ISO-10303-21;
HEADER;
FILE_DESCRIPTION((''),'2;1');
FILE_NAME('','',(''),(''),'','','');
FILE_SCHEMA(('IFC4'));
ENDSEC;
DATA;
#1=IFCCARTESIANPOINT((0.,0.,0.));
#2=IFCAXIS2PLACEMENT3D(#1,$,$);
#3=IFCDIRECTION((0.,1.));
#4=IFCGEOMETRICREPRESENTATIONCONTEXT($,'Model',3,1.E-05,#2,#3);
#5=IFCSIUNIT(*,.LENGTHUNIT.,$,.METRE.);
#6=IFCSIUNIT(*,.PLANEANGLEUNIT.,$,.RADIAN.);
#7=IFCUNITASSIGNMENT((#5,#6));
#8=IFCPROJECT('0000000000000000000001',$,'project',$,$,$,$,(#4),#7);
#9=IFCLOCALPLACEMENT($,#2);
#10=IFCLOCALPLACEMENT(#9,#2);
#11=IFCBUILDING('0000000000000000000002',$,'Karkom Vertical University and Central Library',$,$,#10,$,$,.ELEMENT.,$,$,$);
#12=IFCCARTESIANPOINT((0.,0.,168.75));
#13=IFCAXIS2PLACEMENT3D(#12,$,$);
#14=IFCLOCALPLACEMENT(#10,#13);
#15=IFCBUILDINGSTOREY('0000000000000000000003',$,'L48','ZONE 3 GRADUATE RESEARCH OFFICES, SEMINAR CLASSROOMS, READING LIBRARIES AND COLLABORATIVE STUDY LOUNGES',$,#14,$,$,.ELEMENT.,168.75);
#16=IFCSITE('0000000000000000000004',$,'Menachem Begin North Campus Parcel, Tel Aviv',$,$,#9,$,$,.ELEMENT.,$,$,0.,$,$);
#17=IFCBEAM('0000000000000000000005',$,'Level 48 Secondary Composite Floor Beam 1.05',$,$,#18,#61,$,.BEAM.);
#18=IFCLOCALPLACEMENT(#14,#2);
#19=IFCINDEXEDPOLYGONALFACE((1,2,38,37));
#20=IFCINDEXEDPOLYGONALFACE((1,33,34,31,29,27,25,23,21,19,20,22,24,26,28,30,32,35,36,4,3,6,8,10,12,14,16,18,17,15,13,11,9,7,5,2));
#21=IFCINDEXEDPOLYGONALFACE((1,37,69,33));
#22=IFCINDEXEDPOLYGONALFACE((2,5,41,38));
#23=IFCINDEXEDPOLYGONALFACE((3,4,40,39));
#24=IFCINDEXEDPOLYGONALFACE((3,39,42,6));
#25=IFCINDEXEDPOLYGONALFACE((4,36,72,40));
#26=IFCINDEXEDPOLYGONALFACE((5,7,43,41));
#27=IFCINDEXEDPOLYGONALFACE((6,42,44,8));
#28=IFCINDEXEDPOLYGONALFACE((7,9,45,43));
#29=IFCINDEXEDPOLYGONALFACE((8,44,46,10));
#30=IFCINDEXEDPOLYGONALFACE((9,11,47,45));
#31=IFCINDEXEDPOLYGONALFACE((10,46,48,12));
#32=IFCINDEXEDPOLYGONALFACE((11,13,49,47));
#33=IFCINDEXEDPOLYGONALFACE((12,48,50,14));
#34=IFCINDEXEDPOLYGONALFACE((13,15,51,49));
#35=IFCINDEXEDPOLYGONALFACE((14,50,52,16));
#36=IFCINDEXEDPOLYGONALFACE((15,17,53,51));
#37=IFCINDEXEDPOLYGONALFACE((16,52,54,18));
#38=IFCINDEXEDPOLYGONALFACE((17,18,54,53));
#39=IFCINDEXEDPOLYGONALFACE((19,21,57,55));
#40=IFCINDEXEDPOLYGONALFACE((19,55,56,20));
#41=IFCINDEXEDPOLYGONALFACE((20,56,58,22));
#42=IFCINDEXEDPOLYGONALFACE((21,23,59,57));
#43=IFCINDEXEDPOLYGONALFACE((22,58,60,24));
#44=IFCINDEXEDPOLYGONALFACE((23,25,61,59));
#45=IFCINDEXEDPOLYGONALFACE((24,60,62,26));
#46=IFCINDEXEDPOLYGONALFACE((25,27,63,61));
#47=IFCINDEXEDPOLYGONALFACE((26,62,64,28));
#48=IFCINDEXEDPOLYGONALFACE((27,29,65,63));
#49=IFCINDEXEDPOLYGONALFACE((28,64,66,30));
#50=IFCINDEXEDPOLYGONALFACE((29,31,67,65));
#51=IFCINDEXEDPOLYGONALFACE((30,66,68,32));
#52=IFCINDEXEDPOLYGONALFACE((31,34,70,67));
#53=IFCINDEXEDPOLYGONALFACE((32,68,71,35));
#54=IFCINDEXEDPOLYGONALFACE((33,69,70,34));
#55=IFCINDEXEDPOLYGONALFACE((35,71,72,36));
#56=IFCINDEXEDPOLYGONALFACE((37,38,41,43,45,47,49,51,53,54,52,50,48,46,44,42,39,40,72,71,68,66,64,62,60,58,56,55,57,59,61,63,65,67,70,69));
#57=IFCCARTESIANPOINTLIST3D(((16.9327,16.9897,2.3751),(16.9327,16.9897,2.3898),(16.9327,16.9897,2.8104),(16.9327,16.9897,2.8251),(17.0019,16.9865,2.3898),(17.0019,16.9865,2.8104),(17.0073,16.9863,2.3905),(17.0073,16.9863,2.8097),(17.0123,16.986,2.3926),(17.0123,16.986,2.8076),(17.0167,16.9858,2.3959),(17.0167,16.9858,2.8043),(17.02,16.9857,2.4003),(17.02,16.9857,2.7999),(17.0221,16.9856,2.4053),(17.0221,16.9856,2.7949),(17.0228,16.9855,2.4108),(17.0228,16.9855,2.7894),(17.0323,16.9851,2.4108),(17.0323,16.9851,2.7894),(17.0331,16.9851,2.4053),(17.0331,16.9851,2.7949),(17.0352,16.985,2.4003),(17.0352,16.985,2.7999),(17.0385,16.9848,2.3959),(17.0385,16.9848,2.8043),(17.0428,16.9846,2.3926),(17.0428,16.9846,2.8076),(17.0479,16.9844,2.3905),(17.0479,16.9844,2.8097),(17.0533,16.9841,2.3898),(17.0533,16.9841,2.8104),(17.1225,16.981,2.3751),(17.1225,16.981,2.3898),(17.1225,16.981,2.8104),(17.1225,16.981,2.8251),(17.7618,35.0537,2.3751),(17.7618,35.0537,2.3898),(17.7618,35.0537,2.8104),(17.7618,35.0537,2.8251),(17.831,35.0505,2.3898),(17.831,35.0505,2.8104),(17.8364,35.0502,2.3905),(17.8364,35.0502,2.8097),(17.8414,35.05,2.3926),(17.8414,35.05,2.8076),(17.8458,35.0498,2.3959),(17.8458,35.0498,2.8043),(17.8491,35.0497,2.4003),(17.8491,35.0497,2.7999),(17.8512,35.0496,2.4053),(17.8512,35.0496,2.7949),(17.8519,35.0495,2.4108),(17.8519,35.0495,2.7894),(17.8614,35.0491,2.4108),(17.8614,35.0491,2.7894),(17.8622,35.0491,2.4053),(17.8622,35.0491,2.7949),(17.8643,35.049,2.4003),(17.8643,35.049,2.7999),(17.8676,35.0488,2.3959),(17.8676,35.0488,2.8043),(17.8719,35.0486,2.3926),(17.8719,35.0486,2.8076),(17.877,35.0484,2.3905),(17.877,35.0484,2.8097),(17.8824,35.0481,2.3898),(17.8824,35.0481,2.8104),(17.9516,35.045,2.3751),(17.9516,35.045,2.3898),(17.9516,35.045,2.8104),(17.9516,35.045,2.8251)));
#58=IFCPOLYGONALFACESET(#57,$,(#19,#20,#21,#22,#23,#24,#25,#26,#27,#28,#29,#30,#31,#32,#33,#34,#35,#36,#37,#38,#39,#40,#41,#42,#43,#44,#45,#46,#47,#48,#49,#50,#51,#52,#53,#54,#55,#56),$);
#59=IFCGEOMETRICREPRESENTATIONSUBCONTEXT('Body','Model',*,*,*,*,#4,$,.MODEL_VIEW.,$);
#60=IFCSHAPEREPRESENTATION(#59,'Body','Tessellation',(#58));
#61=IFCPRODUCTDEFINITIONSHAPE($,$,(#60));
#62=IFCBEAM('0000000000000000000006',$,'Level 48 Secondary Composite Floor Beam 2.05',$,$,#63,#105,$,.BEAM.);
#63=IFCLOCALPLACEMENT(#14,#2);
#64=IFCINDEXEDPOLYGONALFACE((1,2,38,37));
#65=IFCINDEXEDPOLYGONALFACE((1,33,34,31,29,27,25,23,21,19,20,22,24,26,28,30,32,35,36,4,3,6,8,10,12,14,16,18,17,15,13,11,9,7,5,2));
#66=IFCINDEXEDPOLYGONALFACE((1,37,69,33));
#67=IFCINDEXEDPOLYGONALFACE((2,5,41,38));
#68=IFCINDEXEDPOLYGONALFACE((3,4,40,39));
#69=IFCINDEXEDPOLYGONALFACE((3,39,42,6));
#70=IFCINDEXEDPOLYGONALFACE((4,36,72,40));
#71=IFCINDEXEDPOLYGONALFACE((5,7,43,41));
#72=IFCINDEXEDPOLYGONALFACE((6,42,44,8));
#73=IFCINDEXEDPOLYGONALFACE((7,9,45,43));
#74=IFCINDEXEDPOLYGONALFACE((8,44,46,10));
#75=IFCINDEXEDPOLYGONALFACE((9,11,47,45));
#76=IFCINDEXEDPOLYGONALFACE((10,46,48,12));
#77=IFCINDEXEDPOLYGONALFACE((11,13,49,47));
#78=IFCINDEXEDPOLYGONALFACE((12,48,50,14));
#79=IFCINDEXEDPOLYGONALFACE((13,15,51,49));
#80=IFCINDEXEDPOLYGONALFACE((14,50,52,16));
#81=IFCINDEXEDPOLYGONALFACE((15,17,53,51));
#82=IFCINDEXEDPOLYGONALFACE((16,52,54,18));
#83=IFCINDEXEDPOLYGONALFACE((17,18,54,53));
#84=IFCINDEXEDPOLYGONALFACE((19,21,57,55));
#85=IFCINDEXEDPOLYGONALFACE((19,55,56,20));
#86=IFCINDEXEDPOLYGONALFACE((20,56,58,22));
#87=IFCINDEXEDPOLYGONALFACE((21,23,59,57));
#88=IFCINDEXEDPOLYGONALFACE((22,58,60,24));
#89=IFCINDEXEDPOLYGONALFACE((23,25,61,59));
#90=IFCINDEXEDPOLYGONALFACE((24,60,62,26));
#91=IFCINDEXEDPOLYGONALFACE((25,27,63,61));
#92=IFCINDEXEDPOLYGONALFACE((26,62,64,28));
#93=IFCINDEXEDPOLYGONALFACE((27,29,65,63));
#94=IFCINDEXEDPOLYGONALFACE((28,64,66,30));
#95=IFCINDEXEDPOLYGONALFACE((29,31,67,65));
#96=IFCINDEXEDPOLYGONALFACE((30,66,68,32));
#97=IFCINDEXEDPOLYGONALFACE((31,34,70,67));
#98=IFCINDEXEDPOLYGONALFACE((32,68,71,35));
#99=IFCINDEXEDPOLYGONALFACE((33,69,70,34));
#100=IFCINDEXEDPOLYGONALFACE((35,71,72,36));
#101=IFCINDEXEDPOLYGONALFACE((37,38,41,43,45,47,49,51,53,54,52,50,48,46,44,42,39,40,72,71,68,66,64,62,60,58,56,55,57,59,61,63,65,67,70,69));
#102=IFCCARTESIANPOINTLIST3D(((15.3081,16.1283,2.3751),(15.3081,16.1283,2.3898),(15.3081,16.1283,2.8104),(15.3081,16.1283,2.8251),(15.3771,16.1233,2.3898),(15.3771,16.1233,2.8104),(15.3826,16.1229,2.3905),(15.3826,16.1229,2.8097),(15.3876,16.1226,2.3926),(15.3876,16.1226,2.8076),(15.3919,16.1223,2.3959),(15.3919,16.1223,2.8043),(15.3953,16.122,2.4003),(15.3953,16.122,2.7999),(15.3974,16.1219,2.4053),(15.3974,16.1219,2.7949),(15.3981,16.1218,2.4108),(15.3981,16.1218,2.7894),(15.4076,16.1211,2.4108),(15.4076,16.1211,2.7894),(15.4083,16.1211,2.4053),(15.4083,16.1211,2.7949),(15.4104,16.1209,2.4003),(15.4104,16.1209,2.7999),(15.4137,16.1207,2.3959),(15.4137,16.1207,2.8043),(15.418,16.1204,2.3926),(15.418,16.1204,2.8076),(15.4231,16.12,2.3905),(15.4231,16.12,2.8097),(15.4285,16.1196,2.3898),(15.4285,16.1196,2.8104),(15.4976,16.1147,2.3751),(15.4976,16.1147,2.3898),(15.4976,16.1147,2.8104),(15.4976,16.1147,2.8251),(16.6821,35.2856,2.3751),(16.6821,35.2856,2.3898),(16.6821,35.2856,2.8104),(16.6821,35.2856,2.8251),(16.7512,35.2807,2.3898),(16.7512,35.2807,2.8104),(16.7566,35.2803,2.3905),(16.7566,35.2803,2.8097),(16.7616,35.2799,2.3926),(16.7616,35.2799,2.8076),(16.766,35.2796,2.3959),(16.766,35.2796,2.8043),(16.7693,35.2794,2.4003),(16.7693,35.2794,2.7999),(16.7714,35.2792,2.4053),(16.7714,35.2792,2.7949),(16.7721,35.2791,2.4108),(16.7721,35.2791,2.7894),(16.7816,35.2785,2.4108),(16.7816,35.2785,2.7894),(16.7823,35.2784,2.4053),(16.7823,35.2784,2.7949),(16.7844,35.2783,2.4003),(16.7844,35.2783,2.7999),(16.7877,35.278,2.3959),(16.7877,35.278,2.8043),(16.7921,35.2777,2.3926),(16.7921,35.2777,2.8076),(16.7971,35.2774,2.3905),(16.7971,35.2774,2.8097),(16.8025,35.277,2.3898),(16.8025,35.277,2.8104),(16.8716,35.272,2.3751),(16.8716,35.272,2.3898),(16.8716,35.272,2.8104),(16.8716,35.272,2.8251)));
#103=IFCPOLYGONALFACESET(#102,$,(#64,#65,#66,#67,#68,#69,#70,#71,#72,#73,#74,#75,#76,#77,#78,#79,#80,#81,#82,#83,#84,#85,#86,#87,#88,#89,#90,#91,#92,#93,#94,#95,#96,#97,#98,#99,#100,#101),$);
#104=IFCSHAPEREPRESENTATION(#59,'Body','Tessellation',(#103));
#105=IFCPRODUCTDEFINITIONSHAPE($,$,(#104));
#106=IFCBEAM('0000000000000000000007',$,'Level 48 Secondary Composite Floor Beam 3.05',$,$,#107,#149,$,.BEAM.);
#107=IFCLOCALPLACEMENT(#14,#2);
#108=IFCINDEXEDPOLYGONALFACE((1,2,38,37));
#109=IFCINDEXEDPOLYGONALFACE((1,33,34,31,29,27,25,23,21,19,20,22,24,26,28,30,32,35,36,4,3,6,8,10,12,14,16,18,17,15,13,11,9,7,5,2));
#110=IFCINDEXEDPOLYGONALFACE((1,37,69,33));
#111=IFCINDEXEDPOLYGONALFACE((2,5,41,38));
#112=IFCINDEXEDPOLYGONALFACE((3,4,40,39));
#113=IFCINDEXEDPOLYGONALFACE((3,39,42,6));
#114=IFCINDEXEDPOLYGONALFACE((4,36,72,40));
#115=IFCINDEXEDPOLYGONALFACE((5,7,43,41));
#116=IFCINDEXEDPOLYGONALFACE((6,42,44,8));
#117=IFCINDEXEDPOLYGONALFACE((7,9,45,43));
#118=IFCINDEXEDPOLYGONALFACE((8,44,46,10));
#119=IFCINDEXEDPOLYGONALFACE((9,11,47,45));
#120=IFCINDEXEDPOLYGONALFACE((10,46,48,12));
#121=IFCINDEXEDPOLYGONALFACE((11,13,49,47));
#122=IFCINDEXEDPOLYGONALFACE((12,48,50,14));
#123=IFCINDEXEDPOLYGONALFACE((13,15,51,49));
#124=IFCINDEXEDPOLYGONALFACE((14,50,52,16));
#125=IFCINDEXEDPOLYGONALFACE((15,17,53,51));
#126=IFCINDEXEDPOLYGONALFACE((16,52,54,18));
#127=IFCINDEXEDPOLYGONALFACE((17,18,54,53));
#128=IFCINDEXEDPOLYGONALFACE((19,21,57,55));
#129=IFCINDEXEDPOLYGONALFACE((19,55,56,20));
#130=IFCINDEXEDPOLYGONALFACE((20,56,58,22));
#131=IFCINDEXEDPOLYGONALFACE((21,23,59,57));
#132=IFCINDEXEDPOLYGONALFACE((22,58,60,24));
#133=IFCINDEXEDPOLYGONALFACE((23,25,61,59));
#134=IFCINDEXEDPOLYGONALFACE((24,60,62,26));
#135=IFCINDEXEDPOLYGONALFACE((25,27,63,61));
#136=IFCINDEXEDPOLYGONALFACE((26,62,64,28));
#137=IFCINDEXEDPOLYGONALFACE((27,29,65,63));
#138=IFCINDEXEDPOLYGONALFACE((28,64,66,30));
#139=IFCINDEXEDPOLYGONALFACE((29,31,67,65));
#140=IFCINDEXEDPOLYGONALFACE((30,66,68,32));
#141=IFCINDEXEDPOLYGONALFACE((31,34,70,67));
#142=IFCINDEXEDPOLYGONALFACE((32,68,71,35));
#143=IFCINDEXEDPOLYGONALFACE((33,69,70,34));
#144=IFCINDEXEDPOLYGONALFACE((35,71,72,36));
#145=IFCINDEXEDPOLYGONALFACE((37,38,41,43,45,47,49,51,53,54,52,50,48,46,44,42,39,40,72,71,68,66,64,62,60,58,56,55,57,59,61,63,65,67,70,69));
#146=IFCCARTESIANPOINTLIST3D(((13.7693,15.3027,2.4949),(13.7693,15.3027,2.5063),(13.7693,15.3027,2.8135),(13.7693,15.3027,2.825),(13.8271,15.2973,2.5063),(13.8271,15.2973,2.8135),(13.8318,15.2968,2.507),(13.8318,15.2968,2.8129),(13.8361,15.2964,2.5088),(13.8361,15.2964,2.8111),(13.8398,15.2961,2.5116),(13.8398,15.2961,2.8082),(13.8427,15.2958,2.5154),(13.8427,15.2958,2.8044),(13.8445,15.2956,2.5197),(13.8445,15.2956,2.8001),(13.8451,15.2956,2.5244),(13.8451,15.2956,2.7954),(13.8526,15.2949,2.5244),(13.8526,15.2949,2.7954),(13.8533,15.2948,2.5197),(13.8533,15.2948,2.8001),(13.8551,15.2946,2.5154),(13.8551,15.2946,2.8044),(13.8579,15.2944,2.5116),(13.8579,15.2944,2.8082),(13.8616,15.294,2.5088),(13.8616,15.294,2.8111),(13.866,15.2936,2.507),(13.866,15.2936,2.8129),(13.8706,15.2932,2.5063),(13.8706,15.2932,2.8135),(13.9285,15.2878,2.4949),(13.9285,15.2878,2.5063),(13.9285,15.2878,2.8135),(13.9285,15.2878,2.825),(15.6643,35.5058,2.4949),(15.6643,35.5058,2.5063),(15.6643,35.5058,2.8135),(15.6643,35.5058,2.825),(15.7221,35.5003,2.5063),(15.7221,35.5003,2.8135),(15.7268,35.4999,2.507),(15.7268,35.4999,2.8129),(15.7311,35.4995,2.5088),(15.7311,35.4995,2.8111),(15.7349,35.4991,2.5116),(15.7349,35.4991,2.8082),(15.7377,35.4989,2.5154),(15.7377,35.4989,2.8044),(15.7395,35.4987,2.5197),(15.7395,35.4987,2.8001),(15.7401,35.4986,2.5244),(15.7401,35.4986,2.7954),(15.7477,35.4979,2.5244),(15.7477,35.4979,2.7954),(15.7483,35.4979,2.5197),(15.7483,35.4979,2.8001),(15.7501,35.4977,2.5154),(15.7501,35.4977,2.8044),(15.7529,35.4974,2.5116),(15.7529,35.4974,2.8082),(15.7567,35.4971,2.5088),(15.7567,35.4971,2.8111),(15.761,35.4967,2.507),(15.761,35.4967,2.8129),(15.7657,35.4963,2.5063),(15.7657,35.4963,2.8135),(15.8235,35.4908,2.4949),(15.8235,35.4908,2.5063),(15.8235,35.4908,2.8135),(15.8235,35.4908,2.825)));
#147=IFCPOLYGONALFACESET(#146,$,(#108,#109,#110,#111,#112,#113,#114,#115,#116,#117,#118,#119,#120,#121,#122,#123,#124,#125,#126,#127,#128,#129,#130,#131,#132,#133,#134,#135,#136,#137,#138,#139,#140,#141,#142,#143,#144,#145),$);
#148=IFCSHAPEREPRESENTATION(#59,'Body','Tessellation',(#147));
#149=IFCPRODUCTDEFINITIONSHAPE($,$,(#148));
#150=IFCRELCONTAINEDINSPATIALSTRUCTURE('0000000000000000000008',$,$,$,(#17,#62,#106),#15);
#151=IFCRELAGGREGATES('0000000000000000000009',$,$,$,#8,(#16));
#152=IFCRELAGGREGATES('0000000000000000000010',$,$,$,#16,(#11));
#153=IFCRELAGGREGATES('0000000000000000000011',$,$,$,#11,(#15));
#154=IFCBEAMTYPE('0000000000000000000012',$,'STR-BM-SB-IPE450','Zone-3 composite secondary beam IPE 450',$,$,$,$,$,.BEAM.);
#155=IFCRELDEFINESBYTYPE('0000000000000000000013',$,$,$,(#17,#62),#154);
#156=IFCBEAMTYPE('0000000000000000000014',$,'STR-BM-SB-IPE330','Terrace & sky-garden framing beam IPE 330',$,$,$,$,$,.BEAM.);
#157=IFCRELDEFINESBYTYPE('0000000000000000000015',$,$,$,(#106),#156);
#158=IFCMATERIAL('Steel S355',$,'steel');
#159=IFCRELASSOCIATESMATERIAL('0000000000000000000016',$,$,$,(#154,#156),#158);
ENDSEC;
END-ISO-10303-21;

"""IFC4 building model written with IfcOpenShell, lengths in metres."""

from ifc_helpers import new_model, si_unit, direction, frame, origin, origin_with_axes, origin_2d, place, context, subcontext, project, spatial, i_section, extrude, source, transform, mapped, material, material_profile, profile_set, type_object, element, save


model = new_model("IFC4")

# Units and contexts
model_context = context("Model", 3, precision=1e-05, world=origin(), true_north=direction((0.0, 1.0)))
body_context = subcontext(model_context, "Body", "Model", "MODEL_VIEW")
ifc_project = project(units=[si_unit("LENGTHUNIT", "METRE"), si_unit("PLANEANGLEUNIT", "RADIAN")], contexts=[model_context])

# Site, building, storey
site_placement = place(None, origin())
site = spatial("IfcSite", under=ifc_project, at=site_placement, Name="Menachem Begin North Campus Parcel, Tel Aviv", CompositionType="ELEMENT", RefElevation=0.0)
building_placement = place(site_placement, origin())
building = spatial("IfcBuilding", under=site, at=building_placement, Name="Karkom Vertical University and Central Library", CompositionType="ELEMENT")
storey_placement = place(building_placement, frame((0.0, 0.0, 168.75)))
storey = spatial("IfcBuildingStorey", under=building, at=storey_placement, Name="L48", Description="ZONE 3 GRADUATE RESEARCH OFFICES, SEMINAR CLASSROOMS, READING LIBRARIES AND COLLABORATIVE STUDY LOUNGES", CompositionType="ELEMENT", Elevation=168.75)

# Beams
ifc_material_1 = material(Name="Steel S355", Category="steel")
ifc_material_profile_1 = material_profile(ifc_material_1, i_section(OverallWidth=0.1899, OverallDepth=0.45, WebThickness=0.0095, FlangeThickness=0.0146, FilletRadius=0.021, at=origin_2d()), Name="IPE 450")
ifc_profile_set_1 = profile_set([ifc_material_profile_1], Name="Steel S355")
beam_type_1 = type_object("IfcBeamType", Name="STR-BM-SB-IPE450", Description="Zone-3 composite secondary beam IPE 450", PredefinedType="BEAM", material=ifc_profile_set_1)
shared_shape_1 = source(origin_with_axes(), body_context, "Body", "SweptSolid", [
    extrude(i_section(OverallWidth=0.1899, OverallDepth=0.45, WebThickness=0.0095, FlangeThickness=0.0146, FilletRadius=0.021, at=origin_2d()), origin(), (0.0, 0.0, 1.0), 18.083),
])
beam_1_placement = place(storey_placement, frame((17.8567, 35.0493, 2.6001), z_axis=(-0.04585, -0.998948, 0.0), x_axis=(0.998948, -0.04585, 0.0)))
element("IfcBeam", 1, at=beam_1_placement, inside=storey, type_object=beam_type_1, Name="Level 48 Secondary Composite Floor Beam 1.05", PredefinedType="BEAM", context=body_context, shape_type="MappedRepresentation", body=[
    mapped(shared_shape_1, transform((0.0, 0.0, 0.0), scale=1.0)),
])
shared_shape_2 = source(origin_with_axes(), body_context, "Body", "SweptSolid", [
    extrude(i_section(OverallWidth=0.1899, OverallDepth=0.45, WebThickness=0.0095, FlangeThickness=0.0146, FilletRadius=0.021, at=origin_2d()), origin(), (0.0, 0.0, 1.0), 19.2065),
])
beam_2_placement = place(storey_placement, frame((16.7769, 35.2788, 2.6001), z_axis=(-0.07154, -0.997438, 0.0), x_axis=(0.997438, -0.07154, 0.0)))
element("IfcBeam", 2, at=beam_2_placement, inside=storey, type_object=beam_type_1, Name="Level 48 Secondary Composite Floor Beam 2.05", PredefinedType="BEAM", context=body_context, shape_type="MappedRepresentation", body=[
    mapped(shared_shape_2, transform((0.0, 0.0, 0.0), scale=1.0)),
])
ifc_material_profile_2 = material_profile(ifc_material_1, i_section(OverallWidth=0.1599, OverallDepth=0.3301, WebThickness=0.0076, FlangeThickness=0.0115, FilletRadius=0.0181, at=origin_2d()), Name="IPE 330")
ifc_profile_set_2 = profile_set([ifc_material_profile_2], Name="Steel S355")
beam_type_2 = type_object("IfcBeamType", Name="STR-BM-SB-IPE330", Description="Terrace & sky-garden framing beam IPE 330", PredefinedType="BEAM", material=ifc_profile_set_2)
shared_shape_3 = source(origin_with_axes(), body_context, "Body", "SweptSolid", [
    extrude(i_section(OverallWidth=0.1599, OverallDepth=0.3301, WebThickness=0.0076, FlangeThickness=0.0115, FilletRadius=0.0181, at=origin_2d()), origin(), (0.0, 0.0, 1.0), 20.2917),
])
beam_3_placement = place(storey_placement, frame((15.7439, 35.4983, 2.6599), z_axis=(-0.093388, -0.99563, 0.0), x_axis=(0.99563, -0.093388, 0.0)))
element("IfcBeam", 3, at=beam_3_placement, inside=storey, type_object=beam_type_2, Name="Level 48 Secondary Composite Floor Beam 3.05", PredefinedType="BEAM", context=body_context, shape_type="MappedRepresentation", body=[
    mapped(shared_shape_3, transform((0.0, 0.0, 0.0), scale=1.0)),
])

save(model, "model.ifc")
